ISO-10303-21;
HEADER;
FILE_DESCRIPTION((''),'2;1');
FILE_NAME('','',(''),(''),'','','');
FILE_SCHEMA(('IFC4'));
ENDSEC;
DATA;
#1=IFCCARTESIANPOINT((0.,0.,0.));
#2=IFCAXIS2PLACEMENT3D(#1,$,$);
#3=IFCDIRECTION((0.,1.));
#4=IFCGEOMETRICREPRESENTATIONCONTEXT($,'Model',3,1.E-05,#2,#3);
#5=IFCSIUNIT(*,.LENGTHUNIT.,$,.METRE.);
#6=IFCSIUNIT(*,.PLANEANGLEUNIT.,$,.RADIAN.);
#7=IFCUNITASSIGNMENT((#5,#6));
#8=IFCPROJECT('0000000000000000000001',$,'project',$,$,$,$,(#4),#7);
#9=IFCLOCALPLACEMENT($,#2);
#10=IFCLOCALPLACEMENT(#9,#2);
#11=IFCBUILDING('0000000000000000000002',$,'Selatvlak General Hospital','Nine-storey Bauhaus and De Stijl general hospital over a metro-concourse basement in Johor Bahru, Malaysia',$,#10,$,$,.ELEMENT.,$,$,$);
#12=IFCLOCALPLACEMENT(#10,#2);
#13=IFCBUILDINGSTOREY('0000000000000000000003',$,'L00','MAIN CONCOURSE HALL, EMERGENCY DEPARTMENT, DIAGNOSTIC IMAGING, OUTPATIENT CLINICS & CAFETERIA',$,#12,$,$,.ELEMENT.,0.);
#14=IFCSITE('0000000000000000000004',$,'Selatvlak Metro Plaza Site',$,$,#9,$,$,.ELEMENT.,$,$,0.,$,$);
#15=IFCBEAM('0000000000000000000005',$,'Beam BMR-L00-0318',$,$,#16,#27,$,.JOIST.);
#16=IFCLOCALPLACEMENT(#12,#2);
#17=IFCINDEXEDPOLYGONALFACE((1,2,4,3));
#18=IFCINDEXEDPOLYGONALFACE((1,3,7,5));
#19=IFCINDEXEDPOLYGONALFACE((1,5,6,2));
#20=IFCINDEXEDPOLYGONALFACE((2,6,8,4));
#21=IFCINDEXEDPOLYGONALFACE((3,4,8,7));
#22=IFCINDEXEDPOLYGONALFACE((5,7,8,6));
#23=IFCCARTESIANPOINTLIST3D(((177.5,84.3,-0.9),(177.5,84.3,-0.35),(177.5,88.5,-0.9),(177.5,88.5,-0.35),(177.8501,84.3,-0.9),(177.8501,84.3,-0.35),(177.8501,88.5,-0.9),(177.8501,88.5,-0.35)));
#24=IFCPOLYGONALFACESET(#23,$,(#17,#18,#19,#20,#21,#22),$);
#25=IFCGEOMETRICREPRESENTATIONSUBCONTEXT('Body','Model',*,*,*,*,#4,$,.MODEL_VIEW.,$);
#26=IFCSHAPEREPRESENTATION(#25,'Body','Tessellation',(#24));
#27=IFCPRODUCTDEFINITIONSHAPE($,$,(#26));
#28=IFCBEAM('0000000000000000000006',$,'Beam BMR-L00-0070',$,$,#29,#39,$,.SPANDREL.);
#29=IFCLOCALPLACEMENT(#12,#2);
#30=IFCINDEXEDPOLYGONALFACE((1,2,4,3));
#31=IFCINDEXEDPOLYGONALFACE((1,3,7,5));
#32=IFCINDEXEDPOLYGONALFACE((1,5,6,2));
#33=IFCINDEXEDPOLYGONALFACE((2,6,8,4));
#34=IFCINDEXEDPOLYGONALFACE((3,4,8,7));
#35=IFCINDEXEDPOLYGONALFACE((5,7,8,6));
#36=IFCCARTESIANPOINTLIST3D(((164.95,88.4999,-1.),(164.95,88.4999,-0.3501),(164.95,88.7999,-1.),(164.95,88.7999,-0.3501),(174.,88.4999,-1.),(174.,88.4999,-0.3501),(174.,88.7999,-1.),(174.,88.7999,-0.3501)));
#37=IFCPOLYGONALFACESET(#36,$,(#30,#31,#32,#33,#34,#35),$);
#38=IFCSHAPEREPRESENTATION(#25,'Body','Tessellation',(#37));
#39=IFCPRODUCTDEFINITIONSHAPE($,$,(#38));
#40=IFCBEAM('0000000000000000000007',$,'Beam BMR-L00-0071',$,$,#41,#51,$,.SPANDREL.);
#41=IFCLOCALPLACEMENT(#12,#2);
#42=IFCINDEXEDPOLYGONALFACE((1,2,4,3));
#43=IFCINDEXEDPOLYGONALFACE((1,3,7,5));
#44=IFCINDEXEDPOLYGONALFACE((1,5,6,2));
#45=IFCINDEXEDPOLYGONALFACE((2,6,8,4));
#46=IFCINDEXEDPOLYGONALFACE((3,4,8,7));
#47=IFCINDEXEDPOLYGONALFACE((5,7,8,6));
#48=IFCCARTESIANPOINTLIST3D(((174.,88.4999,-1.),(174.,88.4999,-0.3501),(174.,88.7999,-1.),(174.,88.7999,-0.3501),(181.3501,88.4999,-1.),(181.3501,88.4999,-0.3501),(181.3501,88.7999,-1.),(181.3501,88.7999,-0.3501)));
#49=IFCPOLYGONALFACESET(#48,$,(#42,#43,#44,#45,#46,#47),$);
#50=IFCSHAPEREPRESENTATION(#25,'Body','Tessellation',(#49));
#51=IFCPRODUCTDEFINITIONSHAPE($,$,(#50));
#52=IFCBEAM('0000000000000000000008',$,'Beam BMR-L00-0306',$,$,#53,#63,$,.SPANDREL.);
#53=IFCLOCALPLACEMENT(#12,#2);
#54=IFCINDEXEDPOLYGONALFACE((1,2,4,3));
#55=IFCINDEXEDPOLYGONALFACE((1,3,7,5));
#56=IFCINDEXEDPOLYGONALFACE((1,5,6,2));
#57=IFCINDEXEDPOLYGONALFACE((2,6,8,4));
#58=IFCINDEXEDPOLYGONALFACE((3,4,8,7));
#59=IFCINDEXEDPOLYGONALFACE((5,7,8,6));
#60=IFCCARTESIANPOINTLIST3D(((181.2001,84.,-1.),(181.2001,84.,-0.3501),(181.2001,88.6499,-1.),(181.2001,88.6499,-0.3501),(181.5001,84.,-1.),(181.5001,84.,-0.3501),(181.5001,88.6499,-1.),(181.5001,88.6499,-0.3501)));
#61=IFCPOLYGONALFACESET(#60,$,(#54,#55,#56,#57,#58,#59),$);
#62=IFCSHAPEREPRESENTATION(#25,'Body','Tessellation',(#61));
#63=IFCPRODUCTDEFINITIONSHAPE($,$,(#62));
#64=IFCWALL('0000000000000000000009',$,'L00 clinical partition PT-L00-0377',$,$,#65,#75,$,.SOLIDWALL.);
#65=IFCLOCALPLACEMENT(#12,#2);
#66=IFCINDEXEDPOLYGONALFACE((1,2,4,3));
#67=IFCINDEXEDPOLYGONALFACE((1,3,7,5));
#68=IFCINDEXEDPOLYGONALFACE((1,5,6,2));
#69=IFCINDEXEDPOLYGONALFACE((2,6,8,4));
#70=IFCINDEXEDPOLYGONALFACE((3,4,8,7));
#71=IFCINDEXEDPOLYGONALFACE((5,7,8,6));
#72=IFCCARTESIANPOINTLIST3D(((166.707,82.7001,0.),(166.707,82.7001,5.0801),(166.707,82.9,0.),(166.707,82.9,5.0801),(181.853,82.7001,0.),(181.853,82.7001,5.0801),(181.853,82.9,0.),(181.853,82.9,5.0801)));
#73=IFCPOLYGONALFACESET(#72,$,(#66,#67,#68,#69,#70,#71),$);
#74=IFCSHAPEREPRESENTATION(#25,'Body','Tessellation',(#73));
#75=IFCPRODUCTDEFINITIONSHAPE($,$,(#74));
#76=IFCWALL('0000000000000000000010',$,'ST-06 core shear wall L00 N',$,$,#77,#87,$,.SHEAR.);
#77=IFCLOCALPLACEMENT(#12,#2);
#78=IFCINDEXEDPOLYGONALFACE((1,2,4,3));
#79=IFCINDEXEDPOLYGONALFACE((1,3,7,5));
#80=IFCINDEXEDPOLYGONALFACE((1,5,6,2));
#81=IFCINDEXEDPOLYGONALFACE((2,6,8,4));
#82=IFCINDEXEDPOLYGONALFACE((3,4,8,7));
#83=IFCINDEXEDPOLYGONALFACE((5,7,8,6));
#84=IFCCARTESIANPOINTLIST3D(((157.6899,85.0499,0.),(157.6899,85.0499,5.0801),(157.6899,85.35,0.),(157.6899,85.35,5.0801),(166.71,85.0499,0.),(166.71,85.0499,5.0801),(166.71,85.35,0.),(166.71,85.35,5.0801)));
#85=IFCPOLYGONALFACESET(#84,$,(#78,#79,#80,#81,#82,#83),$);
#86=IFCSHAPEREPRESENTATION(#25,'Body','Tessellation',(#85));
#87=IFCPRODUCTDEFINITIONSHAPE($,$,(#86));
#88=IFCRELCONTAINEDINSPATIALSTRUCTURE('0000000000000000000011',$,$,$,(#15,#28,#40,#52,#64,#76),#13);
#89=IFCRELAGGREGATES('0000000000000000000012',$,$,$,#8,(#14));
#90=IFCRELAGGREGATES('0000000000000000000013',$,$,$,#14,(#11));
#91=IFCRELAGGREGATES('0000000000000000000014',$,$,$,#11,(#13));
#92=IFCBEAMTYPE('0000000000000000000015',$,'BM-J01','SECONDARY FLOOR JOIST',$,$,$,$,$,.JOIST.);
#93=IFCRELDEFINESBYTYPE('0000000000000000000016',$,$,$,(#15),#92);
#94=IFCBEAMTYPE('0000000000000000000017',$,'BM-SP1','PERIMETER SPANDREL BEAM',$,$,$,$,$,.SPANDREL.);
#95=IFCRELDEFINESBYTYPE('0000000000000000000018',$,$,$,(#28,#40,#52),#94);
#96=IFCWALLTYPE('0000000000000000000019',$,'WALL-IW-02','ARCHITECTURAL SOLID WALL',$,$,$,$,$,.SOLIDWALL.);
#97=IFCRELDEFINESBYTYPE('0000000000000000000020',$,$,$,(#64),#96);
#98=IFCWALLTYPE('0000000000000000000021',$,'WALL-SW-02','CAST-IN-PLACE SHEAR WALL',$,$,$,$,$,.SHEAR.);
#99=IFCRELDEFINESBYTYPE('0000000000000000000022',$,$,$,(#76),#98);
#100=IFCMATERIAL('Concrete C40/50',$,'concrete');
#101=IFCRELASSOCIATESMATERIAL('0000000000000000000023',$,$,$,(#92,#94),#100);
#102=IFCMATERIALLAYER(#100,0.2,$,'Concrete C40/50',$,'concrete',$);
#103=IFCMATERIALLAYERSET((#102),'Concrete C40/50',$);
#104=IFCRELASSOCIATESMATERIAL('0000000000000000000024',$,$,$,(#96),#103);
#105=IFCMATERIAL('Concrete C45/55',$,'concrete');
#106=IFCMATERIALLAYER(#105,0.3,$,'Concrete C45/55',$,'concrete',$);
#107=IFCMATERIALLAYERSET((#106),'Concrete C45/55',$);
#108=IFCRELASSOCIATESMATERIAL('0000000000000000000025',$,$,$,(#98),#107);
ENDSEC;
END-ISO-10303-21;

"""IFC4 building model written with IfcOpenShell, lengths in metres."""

from ifc_helpers import new_model, si_unit, direction, frame, frame_2d, origin, origin_2d, place, context, subcontext, project, spatial, rectangle, extrude, material, layer, layer_set, material_profile, profile_set, type_object, element, save


model = new_model("IFC4")

# Units and contexts
model_context = context("Model", 3, precision=1e-05, world=origin(), true_north=direction((0.0, 1.0)))
body_context = subcontext(model_context, "Body", "Model", "MODEL_VIEW")
ifc_project = project(units=[si_unit("LENGTHUNIT", "METRE"), si_unit("PLANEANGLEUNIT", "RADIAN")], contexts=[model_context])

# Site, building, storey
site_placement = place(None, origin())
site = spatial("IfcSite", under=ifc_project, at=site_placement, Name="Selatvlak Metro Plaza Site", CompositionType="ELEMENT", RefElevation=0.0)
building_placement = place(site_placement, origin())
building = spatial("IfcBuilding", under=site, at=building_placement, Name="Selatvlak General Hospital", Description="Nine-storey Bauhaus and De Stijl general hospital over a metro-concourse basement in Johor Bahru, Malaysia", CompositionType="ELEMENT")
storey_placement = place(building_placement, origin())
storey = spatial("IfcBuildingStorey", under=building, at=storey_placement, Name="L00", Description="MAIN CONCOURSE HALL, EMERGENCY DEPARTMENT, DIAGNOSTIC IMAGING, OUTPATIENT CLINICS & CAFETERIA", CompositionType="ELEMENT", Elevation=0.0)

# Beams
ifc_material_1 = material(Name="Concrete C40/50", Category="concrete")
ifc_material_profile_1 = material_profile(ifc_material_1, rectangle(XDim=0.3501, YDim=0.55, at=origin_2d()), Name="RC-BM 350x550")
ifc_profile_set_1 = profile_set([ifc_material_profile_1], Name="Concrete C40/50")
beam_type_1 = type_object("IfcBeamType", Name="BM-J01", Description="SECONDARY FLOOR JOIST", PredefinedType="JOIST", material=ifc_profile_set_1)
beam_1_placement = place(storey_placement, frame((177.675, 84.3, -0.625), z_axis=(0.0, 1.0, 0.0), x_axis=(-1.0, 0.0, 0.0)))
element("IfcBeam", 1, at=beam_1_placement, inside=storey, type_object=beam_type_1, Name="Beam BMR-L00-0318", PredefinedType="JOIST", context=body_context, shape_type="SweptSolid", body=[
    extrude(rectangle(XDim=0.3501, YDim=0.55, at=origin_2d()), origin(), (0.0, 0.0, 1.0), 4.2),
])
ifc_material_profile_2 = material_profile(ifc_material_1, rectangle(XDim=0.3, YDim=0.6499, at=origin_2d()), Name="RC-SP 300x650")
ifc_profile_set_2 = profile_set([ifc_material_profile_2], Name="Concrete C40/50")
beam_type_2 = type_object("IfcBeamType", Name="BM-SP1", Description="PERIMETER SPANDREL BEAM", PredefinedType="SPANDREL", material=ifc_profile_set_2)
beam_2_placement = place(storey_placement, frame((164.95, 88.6499, -0.675), z_axis=(1.0, 0.0, 0.0), x_axis=(0.0, 1.0, 0.0)))
element("IfcBeam", 2, at=beam_2_placement, inside=storey, type_object=beam_type_2, Name="Beam BMR-L00-0070", PredefinedType="SPANDREL", context=body_context, shape_type="SweptSolid", body=[
    extrude(rectangle(XDim=0.3, YDim=0.6499, at=origin_2d()), origin(), (0.0, 0.0, 1.0), 9.05),
])
beam_3_placement = place(storey_placement, frame((174.0, 88.6499, -0.675), z_axis=(1.0, 0.0, 0.0), x_axis=(0.0, 1.0, 0.0)))
element("IfcBeam", 3, at=beam_3_placement, inside=storey, type_object=beam_type_2, Name="Beam BMR-L00-0071", PredefinedType="SPANDREL", context=body_context, shape_type="SweptSolid", body=[
    extrude(rectangle(XDim=0.3, YDim=0.6499, at=origin_2d()), origin(), (0.0, 0.0, 1.0), 7.3501),
])
beam_4_placement = place(storey_placement, frame((181.3501, 84.0, -0.675), z_axis=(0.0, 1.0, 0.0), x_axis=(-1.0, 0.0, 0.0)))
element("IfcBeam", 4, at=beam_4_placement, inside=storey, type_object=beam_type_2, Name="Beam BMR-L00-0306", PredefinedType="SPANDREL", context=body_context, shape_type="SweptSolid", body=[
    extrude(rectangle(XDim=0.3, YDim=0.6499, at=origin_2d()), origin(), (0.0, 0.0, 1.0), 4.6499),
])

# Walls
ifc_layer_1 = layer(ifc_material_1, 0.2, Name="Concrete C40/50", Category="concrete")
ifc_layer_set_1 = layer_set([ifc_layer_1], Name="Concrete C40/50")
wall_type_1 = type_object("IfcWallType", Name="WALL-IW-02", Description="ARCHITECTURAL SOLID WALL", PredefinedType="SOLIDWALL", material=ifc_layer_set_1)
wall_1_placement = place(storey_placement, frame((166.707, 82.8, 0.0), z_axis=(0.0, 0.0, 1.0), x_axis=(1.0, 0.0, 0.0)))
element("IfcWall", 5, at=wall_1_placement, inside=storey, type_object=wall_type_1, Name="L00 clinical partition PT-L00-0377", PredefinedType="SOLIDWALL", context=body_context, shape_type="SweptSolid", body=[
    extrude(rectangle(XDim=15.146, YDim=0.2, at=frame_2d((7.573, 0.0))), origin(), (0.0, 0.0, 1.0), 5.0801),
])
ifc_material_2 = material(Name="Concrete C45/55", Category="concrete")
ifc_layer_2 = layer(ifc_material_2, 0.3, Name="Concrete C45/55", Category="concrete")
ifc_layer_set_2 = layer_set([ifc_layer_2], Name="Concrete C45/55")
wall_type_2 = type_object("IfcWallType", Name="WALL-SW-02", Description="CAST-IN-PLACE SHEAR WALL", PredefinedType="SHEAR", material=ifc_layer_set_2)
wall_2_placement = place(storey_placement, frame((166.71, 85.2, 0.0), z_axis=(0.0, 0.0, 1.0), x_axis=(-1.0, 0.0, 0.0)))
element("IfcWall", 6, at=wall_2_placement, inside=storey, type_object=wall_type_2, Name="ST-06 core shear wall L00 N", PredefinedType="SHEAR", context=body_context, shape_type="SweptSolid", body=[
    extrude(rectangle(XDim=9.02, YDim=0.3, at=frame_2d((4.51, 0.0))), origin(), (0.0, 0.0, 1.0), 5.0801),
])

save(model, "model.ifc")
